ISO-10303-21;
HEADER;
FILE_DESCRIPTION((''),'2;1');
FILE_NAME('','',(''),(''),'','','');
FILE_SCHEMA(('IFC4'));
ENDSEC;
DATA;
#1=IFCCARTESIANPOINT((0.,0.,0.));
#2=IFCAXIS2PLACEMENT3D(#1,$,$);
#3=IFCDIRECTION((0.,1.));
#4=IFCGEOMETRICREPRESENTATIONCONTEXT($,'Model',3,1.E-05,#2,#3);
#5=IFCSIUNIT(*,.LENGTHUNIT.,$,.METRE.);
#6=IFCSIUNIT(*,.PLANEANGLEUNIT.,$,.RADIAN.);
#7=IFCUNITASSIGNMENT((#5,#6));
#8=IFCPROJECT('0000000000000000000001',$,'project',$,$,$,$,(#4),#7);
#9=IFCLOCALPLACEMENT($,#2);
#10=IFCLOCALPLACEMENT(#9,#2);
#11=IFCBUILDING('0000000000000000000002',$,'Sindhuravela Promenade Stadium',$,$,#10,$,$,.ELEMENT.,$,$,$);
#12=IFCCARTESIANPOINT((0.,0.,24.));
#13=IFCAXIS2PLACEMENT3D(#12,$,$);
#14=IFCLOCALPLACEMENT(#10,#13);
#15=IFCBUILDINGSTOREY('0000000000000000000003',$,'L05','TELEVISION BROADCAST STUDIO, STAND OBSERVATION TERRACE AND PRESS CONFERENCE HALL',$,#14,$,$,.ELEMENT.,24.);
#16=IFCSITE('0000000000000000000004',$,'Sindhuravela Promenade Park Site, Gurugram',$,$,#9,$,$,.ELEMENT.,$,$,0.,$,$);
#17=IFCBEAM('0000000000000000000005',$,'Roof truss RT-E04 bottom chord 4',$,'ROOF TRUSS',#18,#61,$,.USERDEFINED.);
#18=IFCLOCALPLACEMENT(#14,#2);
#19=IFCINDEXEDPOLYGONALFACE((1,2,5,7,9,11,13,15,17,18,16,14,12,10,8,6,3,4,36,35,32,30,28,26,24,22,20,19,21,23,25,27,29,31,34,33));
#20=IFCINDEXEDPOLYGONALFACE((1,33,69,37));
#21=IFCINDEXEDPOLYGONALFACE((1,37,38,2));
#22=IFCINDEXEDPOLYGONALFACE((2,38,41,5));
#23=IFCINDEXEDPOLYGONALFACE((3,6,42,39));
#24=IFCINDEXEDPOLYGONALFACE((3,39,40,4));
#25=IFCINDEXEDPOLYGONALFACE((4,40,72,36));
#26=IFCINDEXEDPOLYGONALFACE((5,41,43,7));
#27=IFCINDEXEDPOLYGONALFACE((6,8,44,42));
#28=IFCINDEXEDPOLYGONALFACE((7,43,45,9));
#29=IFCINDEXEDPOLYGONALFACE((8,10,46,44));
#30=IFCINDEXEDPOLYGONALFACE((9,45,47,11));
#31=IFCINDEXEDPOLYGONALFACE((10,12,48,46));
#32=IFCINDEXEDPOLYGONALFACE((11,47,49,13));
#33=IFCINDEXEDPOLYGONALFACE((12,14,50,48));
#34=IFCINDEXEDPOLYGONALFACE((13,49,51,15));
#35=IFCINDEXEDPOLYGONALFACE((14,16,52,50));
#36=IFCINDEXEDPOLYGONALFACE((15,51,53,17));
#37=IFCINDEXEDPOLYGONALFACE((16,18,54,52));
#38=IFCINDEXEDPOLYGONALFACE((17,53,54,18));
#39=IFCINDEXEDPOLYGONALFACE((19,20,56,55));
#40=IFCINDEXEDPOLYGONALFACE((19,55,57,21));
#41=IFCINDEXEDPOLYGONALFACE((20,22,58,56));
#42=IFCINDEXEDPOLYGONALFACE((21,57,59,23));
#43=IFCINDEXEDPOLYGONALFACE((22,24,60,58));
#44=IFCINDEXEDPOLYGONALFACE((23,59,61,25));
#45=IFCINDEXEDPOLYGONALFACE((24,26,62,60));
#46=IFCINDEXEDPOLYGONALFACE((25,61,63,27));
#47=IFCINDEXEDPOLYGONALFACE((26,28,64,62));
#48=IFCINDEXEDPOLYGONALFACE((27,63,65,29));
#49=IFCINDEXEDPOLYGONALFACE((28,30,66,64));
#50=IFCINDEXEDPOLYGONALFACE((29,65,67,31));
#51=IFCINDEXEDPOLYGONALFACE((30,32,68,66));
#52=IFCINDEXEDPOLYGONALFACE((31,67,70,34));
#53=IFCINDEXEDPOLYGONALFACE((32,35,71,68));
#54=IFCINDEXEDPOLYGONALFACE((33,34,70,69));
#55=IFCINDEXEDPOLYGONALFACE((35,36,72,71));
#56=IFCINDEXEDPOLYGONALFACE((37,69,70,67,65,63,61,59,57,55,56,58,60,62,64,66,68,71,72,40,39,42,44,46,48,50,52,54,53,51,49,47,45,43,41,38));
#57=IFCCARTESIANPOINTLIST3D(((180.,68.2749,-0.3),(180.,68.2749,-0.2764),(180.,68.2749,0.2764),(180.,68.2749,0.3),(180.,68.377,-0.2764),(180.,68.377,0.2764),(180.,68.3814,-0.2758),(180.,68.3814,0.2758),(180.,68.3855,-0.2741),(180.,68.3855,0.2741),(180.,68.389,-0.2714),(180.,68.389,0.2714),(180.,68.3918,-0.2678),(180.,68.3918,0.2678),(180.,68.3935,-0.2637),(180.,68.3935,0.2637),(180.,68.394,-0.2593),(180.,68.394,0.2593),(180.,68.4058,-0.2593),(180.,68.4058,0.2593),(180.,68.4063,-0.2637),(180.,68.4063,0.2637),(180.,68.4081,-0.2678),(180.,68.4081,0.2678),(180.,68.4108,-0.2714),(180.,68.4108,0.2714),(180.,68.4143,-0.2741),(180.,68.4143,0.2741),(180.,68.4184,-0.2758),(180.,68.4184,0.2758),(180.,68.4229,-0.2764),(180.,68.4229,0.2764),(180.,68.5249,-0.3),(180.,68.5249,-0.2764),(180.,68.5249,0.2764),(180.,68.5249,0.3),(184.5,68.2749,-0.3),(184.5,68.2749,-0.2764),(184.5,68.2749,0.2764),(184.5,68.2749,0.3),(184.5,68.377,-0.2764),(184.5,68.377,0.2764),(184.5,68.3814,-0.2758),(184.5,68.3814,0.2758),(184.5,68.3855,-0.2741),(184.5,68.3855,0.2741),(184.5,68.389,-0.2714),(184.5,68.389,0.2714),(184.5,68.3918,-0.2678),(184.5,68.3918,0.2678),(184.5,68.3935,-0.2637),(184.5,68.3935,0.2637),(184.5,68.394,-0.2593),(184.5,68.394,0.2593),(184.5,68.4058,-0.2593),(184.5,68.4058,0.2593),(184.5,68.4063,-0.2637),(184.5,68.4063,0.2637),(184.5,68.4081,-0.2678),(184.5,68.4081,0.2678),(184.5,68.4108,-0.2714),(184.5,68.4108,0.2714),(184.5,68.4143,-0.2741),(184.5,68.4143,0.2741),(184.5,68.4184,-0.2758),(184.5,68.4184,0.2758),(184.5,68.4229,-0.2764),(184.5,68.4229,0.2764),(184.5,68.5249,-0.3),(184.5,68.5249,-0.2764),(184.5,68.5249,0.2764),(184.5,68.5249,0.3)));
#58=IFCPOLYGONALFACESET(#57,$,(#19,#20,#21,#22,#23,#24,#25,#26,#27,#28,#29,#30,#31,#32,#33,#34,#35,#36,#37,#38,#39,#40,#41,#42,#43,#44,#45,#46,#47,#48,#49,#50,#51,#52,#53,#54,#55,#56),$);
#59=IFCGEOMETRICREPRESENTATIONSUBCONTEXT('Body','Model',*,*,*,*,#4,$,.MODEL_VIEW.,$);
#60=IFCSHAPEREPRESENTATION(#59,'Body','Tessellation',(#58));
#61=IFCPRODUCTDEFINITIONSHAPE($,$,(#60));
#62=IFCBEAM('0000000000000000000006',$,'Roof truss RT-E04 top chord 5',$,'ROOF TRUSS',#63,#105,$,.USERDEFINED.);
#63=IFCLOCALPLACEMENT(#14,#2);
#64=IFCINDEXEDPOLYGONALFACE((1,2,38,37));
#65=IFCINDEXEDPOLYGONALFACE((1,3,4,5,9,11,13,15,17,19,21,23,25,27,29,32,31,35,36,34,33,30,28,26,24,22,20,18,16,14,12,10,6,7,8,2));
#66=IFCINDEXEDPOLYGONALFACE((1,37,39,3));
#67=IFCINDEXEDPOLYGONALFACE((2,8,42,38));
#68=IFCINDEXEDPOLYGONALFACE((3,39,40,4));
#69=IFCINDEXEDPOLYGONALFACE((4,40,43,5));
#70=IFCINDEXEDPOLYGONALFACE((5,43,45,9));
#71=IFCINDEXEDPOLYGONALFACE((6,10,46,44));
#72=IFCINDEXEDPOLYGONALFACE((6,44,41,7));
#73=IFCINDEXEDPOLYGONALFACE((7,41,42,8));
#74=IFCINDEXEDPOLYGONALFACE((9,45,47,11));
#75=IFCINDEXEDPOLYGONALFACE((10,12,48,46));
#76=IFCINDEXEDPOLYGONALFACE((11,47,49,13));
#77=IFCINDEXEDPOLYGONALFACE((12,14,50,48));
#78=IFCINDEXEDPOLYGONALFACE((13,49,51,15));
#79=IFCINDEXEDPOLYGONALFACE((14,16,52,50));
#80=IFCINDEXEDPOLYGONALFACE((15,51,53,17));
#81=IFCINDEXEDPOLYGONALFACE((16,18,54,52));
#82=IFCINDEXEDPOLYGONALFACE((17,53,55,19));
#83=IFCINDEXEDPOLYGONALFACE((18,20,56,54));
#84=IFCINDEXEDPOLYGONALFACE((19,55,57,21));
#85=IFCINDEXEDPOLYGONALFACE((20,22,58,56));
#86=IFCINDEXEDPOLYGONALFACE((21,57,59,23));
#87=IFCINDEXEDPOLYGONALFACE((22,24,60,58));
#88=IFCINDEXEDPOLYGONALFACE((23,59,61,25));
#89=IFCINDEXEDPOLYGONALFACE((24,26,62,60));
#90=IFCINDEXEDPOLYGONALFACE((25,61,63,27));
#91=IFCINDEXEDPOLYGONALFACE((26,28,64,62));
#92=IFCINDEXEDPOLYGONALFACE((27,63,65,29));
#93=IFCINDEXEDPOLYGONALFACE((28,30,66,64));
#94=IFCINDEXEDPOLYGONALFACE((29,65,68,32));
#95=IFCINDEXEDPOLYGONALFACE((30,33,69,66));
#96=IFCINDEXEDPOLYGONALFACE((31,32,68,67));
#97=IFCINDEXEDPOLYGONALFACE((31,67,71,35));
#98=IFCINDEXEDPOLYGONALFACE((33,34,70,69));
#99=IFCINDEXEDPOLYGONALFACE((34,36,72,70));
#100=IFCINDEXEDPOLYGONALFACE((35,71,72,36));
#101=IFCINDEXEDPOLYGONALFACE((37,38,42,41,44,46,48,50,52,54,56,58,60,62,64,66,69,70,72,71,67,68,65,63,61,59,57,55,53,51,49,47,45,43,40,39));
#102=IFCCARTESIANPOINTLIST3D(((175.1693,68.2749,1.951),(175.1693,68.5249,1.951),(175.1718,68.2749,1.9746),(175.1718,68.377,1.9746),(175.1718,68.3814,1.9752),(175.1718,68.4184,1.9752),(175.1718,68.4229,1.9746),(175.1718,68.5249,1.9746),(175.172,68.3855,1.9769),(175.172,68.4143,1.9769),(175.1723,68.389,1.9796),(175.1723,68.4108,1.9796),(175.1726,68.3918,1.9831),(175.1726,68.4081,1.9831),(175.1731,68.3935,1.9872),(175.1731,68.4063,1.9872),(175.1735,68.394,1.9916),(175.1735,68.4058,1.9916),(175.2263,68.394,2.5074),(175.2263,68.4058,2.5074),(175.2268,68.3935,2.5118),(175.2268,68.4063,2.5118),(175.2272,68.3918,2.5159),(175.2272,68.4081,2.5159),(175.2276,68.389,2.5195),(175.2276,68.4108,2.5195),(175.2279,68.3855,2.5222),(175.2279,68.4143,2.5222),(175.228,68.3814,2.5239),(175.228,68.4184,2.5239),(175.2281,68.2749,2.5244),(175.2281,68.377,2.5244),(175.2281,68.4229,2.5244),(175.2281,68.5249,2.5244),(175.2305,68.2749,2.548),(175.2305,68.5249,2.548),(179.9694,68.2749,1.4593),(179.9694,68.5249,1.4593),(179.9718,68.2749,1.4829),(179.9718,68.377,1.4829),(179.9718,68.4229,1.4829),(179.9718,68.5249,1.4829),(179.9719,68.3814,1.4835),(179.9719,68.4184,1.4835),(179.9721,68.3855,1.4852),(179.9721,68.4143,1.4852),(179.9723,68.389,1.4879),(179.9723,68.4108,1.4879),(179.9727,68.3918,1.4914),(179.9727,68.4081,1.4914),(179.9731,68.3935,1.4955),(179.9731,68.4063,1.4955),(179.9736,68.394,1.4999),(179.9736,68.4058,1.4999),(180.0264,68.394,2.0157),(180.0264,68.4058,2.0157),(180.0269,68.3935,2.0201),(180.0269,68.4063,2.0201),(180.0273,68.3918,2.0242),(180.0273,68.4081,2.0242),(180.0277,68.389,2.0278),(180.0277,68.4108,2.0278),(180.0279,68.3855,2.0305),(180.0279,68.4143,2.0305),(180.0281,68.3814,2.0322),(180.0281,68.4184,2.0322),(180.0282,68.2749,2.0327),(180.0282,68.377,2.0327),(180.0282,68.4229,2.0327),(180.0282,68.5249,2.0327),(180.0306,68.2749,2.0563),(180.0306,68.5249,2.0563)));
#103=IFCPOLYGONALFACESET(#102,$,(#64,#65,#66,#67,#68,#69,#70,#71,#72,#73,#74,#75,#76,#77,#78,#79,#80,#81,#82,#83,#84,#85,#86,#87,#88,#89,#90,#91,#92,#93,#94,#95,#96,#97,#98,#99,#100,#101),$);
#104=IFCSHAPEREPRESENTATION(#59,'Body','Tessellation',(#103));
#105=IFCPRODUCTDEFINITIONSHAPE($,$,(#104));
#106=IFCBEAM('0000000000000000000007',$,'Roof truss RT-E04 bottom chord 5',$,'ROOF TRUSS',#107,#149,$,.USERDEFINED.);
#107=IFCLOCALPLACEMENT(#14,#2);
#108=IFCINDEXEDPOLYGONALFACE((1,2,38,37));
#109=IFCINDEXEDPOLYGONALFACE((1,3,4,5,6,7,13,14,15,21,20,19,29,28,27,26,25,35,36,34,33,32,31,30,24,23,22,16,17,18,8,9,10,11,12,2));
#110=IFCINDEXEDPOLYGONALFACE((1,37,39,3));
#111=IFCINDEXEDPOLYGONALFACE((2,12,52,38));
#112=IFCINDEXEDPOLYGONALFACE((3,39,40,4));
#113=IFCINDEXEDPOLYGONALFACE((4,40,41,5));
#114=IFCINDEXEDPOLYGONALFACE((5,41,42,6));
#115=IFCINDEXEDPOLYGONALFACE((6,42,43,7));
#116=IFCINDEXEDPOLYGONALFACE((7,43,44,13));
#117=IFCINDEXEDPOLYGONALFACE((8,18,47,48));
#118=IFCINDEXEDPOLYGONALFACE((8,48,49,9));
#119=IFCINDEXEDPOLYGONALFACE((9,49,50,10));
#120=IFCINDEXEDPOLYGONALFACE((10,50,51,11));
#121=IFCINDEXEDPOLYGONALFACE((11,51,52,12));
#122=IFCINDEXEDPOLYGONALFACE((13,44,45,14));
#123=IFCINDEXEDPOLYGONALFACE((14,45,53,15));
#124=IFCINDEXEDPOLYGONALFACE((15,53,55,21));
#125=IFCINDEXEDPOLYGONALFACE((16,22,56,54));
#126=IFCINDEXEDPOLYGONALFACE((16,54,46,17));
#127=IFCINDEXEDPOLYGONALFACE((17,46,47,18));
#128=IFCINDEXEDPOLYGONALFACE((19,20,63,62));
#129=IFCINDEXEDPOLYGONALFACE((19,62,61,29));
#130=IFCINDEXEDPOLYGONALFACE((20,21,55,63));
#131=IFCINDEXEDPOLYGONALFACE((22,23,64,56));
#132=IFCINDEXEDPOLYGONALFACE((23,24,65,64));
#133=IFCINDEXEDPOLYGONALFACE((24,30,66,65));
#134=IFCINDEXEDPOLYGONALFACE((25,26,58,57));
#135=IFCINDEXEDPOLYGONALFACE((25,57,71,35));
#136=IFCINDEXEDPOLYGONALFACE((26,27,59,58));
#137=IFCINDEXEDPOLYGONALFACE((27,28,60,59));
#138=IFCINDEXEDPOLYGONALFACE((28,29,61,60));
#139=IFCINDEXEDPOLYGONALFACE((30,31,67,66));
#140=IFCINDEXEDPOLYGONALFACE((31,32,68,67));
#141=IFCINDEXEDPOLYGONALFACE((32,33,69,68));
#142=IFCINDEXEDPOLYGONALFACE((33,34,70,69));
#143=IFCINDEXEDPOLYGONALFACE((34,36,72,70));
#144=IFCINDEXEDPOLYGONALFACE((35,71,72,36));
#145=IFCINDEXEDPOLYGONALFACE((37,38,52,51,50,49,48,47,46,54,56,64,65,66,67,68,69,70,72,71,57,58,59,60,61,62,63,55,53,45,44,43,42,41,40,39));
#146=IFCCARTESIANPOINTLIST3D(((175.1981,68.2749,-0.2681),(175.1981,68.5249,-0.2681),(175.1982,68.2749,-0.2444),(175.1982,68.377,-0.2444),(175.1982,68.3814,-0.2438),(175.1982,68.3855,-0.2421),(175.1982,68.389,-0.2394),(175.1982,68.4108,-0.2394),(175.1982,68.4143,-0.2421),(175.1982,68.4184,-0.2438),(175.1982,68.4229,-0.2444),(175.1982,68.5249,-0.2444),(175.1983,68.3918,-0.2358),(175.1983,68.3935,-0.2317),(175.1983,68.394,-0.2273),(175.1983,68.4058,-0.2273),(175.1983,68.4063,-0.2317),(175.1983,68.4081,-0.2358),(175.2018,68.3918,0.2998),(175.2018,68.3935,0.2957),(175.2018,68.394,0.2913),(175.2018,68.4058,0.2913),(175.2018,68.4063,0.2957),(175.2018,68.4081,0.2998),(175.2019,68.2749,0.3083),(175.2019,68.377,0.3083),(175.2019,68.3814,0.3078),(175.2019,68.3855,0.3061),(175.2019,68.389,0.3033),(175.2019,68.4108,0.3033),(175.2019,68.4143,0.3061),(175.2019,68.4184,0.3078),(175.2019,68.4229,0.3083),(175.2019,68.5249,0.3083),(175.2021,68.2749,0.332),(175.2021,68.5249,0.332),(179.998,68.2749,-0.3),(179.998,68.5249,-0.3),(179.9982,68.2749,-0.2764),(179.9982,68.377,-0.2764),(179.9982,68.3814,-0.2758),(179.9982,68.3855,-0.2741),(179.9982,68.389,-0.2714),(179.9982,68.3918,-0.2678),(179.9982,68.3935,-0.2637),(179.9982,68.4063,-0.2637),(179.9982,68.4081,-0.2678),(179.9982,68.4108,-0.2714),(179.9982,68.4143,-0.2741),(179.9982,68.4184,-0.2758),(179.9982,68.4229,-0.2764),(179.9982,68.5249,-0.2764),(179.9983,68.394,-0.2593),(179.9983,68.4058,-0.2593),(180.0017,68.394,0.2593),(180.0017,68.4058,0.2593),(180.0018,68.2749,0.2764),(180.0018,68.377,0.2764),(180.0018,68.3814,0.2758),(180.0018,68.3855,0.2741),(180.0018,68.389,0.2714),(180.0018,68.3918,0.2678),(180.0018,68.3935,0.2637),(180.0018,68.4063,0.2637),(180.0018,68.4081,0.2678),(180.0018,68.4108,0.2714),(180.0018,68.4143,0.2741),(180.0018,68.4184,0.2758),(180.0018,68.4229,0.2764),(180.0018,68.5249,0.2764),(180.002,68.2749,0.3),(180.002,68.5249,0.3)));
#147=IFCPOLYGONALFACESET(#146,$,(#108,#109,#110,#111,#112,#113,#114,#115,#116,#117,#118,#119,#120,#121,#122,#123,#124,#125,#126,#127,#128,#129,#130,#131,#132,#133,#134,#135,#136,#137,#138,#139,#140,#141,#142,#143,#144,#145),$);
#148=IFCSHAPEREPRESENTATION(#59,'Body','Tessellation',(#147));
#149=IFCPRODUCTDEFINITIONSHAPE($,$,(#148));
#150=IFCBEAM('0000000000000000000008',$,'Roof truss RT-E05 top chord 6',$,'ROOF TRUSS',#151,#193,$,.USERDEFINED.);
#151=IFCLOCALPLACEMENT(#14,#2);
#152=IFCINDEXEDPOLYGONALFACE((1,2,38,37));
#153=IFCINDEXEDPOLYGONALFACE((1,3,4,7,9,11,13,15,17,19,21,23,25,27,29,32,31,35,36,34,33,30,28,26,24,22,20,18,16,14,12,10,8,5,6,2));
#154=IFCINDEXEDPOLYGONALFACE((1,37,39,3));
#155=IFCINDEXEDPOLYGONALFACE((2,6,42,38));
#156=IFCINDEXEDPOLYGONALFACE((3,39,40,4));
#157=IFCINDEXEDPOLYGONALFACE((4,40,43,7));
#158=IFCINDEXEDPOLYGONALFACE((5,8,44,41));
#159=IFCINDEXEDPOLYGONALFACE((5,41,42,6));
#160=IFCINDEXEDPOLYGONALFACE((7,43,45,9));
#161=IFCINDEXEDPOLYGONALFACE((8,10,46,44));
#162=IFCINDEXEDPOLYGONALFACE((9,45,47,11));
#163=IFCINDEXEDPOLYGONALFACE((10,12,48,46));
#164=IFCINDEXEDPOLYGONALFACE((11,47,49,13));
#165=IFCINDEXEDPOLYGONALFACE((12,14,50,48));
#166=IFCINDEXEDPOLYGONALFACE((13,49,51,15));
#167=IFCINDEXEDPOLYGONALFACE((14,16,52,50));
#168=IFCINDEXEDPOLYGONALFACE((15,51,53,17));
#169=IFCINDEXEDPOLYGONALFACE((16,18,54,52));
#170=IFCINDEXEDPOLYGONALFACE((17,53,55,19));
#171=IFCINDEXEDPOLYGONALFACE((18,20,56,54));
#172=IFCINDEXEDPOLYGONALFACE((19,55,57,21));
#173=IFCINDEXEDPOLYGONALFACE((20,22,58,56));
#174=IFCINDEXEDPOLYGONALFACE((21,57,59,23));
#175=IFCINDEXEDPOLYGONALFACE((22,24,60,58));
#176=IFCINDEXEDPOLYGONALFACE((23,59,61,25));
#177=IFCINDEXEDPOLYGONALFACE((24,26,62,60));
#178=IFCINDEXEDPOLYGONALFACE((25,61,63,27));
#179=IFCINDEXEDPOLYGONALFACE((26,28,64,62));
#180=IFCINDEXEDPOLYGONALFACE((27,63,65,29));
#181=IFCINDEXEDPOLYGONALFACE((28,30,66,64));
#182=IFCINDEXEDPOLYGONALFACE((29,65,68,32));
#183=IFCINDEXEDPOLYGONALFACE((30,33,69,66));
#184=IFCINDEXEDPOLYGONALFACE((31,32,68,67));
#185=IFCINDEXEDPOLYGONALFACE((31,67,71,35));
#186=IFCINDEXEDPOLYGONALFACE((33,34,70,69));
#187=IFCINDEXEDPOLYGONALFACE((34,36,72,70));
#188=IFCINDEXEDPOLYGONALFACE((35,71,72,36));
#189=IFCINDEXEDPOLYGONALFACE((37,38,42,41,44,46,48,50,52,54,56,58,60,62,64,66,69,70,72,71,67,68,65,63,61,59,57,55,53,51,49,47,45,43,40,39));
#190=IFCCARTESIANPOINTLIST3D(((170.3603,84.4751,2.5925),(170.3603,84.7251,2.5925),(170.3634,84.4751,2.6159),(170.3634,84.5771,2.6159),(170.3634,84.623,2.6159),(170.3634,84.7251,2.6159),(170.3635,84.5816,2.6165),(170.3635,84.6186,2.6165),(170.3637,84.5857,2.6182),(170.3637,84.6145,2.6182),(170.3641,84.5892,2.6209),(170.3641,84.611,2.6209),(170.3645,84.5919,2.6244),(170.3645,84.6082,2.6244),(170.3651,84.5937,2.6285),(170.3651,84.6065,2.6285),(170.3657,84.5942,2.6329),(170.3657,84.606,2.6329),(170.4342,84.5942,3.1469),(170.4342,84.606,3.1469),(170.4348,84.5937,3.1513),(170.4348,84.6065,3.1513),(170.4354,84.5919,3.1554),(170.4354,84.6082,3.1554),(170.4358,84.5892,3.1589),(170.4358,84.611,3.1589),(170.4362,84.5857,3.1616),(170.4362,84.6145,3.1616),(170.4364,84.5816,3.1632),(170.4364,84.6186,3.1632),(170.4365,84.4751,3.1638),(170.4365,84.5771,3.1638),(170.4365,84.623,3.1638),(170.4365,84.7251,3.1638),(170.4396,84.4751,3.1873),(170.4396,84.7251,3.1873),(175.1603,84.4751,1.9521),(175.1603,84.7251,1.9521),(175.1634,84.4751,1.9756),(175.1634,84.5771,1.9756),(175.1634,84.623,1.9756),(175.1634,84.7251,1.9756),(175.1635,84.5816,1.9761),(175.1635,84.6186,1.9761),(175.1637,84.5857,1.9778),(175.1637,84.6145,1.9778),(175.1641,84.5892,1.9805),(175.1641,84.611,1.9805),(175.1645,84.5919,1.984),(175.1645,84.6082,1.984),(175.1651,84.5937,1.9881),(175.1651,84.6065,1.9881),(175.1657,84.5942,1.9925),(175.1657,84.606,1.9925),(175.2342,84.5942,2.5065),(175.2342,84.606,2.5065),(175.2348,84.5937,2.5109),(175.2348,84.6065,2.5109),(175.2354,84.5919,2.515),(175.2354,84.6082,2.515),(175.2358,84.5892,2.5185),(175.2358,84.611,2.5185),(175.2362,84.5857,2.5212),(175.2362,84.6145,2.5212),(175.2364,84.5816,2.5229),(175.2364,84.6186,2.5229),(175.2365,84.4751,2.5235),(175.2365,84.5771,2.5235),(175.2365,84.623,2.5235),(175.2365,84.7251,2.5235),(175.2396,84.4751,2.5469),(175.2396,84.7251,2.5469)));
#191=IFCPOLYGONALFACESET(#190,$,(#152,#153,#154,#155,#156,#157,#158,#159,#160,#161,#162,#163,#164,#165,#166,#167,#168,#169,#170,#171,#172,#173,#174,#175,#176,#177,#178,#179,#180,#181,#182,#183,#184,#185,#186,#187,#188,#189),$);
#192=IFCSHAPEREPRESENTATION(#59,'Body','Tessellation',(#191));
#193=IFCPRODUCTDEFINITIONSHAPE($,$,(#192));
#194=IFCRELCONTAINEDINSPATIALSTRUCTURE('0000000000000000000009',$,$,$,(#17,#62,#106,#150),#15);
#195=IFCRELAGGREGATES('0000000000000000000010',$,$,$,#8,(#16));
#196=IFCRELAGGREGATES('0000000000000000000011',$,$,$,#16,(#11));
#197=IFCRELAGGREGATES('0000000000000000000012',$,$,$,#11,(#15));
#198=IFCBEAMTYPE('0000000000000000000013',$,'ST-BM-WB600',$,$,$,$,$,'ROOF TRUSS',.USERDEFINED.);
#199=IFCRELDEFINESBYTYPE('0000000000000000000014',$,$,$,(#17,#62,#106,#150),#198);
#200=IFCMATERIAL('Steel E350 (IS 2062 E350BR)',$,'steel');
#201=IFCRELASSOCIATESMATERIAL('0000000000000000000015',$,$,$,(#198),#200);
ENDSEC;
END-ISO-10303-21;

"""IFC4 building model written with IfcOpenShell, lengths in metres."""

from ifc_helpers import new_model, si_unit, direction, frame, origin, origin_2d, place, context, subcontext, project, spatial, i_section, extrude, material, material_profile, profile_set, type_object, element, save


model = new_model("IFC4")

# Units and contexts
model_context = context("Model", 3, precision=1e-05, world=origin(), true_north=direction((0.0, 1.0)))
body_context = subcontext(model_context, "Body", "Model", "MODEL_VIEW")
ifc_project = project(units=[si_unit("LENGTHUNIT", "METRE"), si_unit("PLANEANGLEUNIT", "RADIAN")], contexts=[model_context])

# Site, building, storey
site_placement = place(None, origin())
site = spatial("IfcSite", under=ifc_project, at=site_placement, Name="Sindhuravela Promenade Park Site, Gurugram", CompositionType="ELEMENT", RefElevation=0.0)
building_placement = place(site_placement, origin())
building = spatial("IfcBuilding", under=site, at=building_placement, Name="Sindhuravela Promenade Stadium", CompositionType="ELEMENT")
storey_placement = place(building_placement, frame((0.0, 0.0, 24.0)))
storey = spatial("IfcBuildingStorey", under=building, at=storey_placement, Name="L05", Description="TELEVISION BROADCAST STUDIO, STAND OBSERVATION TERRACE AND PRESS CONFERENCE HALL", CompositionType="ELEMENT", Elevation=24.0)

# Beams
ifc_material_1 = material(Name="Steel E350 (IS 2062 E350BR)", Category="steel")
ifc_material_profile_1 = material_profile(ifc_material_1, i_section(OverallWidth=0.25, OverallDepth=0.6001, WebThickness=0.0117, FlangeThickness=0.0237, FilletRadius=0.0171, at=origin_2d()), Name="ISWB 600")
ifc_profile_set_1 = profile_set([ifc_material_profile_1], Name="Steel E350 (IS 2062 E350BR)")
beam_type_1 = type_object("IfcBeamType", Name="ST-BM-WB600", ElementType="ROOF TRUSS", PredefinedType="USERDEFINED", material=ifc_profile_set_1)
beam_1_placement = place(storey_placement, frame((184.5, 68.3999, 0.0), z_axis=(-1.0, 0.0, 0.0), x_axis=(0.0, -1.0, 0.0)))
element("IfcBeam", 1, at=beam_1_placement, inside=storey, type_object=beam_type_1, Name="Roof truss RT-E04 bottom chord 4", ObjectType="ROOF TRUSS", PredefinedType="USERDEFINED", context=body_context, shape_type="SweptSolid", body=[
    extrude(i_section(OverallWidth=0.25, OverallDepth=0.6001, WebThickness=0.0117, FlangeThickness=0.0237, FilletRadius=0.0171, at=origin_2d()), origin(), (0.0, 0.0, 1.0), 4.5),
])
beam_2_placement = place(storey_placement, frame((180.0, 68.3999, 1.7578), z_axis=(-0.994794, 0.0, 0.101903), x_axis=(0.0, -1.0, 0.0)))
element("IfcBeam", 2, at=beam_2_placement, inside=storey, type_object=beam_type_1, Name="Roof truss RT-E04 top chord 5", ObjectType="ROOF TRUSS", PredefinedType="USERDEFINED", context=body_context, shape_type="SweptSolid", body=[
    extrude(i_section(OverallWidth=0.25, OverallDepth=0.6001, WebThickness=0.0117, FlangeThickness=0.0237, FilletRadius=0.0171, at=origin_2d()), origin(), (0.0, 0.0, 1.0), 4.8252),
])
beam_3_placement = place(storey_placement, frame((180.0, 68.3999, 0.0), z_axis=(-0.999978, 0.0, 0.006663), x_axis=(0.0, -1.0, 0.0)))
element("IfcBeam", 3, at=beam_3_placement, inside=storey, type_object=beam_type_1, Name="Roof truss RT-E04 bottom chord 5", ObjectType="ROOF TRUSS", PredefinedType="USERDEFINED", context=body_context, shape_type="SweptSolid", body=[
    extrude(i_section(OverallWidth=0.25, OverallDepth=0.6001, WebThickness=0.0117, FlangeThickness=0.0237, FilletRadius=0.0171, at=origin_2d()), origin(), (0.0, 0.0, 1.0), 4.8),
])
beam_4_placement = place(storey_placement, frame((175.2, 84.6001, 2.2495), z_axis=(-0.991218, 0.0, 0.13224), x_axis=(0.0, -1.0, 0.0)))
element("IfcBeam", 4, at=beam_4_placement, inside=storey, type_object=beam_type_1, Name="Roof truss RT-E05 top chord 6", ObjectType="ROOF TRUSS", PredefinedType="USERDEFINED", context=body_context, shape_type="SweptSolid", body=[
    extrude(i_section(OverallWidth=0.25, OverallDepth=0.6001, WebThickness=0.0117, FlangeThickness=0.0237, FilletRadius=0.0171, at=origin_2d()), origin(), (0.0, 0.0, 1.0), 4.8425),
])

save(model, "model.ifc")
